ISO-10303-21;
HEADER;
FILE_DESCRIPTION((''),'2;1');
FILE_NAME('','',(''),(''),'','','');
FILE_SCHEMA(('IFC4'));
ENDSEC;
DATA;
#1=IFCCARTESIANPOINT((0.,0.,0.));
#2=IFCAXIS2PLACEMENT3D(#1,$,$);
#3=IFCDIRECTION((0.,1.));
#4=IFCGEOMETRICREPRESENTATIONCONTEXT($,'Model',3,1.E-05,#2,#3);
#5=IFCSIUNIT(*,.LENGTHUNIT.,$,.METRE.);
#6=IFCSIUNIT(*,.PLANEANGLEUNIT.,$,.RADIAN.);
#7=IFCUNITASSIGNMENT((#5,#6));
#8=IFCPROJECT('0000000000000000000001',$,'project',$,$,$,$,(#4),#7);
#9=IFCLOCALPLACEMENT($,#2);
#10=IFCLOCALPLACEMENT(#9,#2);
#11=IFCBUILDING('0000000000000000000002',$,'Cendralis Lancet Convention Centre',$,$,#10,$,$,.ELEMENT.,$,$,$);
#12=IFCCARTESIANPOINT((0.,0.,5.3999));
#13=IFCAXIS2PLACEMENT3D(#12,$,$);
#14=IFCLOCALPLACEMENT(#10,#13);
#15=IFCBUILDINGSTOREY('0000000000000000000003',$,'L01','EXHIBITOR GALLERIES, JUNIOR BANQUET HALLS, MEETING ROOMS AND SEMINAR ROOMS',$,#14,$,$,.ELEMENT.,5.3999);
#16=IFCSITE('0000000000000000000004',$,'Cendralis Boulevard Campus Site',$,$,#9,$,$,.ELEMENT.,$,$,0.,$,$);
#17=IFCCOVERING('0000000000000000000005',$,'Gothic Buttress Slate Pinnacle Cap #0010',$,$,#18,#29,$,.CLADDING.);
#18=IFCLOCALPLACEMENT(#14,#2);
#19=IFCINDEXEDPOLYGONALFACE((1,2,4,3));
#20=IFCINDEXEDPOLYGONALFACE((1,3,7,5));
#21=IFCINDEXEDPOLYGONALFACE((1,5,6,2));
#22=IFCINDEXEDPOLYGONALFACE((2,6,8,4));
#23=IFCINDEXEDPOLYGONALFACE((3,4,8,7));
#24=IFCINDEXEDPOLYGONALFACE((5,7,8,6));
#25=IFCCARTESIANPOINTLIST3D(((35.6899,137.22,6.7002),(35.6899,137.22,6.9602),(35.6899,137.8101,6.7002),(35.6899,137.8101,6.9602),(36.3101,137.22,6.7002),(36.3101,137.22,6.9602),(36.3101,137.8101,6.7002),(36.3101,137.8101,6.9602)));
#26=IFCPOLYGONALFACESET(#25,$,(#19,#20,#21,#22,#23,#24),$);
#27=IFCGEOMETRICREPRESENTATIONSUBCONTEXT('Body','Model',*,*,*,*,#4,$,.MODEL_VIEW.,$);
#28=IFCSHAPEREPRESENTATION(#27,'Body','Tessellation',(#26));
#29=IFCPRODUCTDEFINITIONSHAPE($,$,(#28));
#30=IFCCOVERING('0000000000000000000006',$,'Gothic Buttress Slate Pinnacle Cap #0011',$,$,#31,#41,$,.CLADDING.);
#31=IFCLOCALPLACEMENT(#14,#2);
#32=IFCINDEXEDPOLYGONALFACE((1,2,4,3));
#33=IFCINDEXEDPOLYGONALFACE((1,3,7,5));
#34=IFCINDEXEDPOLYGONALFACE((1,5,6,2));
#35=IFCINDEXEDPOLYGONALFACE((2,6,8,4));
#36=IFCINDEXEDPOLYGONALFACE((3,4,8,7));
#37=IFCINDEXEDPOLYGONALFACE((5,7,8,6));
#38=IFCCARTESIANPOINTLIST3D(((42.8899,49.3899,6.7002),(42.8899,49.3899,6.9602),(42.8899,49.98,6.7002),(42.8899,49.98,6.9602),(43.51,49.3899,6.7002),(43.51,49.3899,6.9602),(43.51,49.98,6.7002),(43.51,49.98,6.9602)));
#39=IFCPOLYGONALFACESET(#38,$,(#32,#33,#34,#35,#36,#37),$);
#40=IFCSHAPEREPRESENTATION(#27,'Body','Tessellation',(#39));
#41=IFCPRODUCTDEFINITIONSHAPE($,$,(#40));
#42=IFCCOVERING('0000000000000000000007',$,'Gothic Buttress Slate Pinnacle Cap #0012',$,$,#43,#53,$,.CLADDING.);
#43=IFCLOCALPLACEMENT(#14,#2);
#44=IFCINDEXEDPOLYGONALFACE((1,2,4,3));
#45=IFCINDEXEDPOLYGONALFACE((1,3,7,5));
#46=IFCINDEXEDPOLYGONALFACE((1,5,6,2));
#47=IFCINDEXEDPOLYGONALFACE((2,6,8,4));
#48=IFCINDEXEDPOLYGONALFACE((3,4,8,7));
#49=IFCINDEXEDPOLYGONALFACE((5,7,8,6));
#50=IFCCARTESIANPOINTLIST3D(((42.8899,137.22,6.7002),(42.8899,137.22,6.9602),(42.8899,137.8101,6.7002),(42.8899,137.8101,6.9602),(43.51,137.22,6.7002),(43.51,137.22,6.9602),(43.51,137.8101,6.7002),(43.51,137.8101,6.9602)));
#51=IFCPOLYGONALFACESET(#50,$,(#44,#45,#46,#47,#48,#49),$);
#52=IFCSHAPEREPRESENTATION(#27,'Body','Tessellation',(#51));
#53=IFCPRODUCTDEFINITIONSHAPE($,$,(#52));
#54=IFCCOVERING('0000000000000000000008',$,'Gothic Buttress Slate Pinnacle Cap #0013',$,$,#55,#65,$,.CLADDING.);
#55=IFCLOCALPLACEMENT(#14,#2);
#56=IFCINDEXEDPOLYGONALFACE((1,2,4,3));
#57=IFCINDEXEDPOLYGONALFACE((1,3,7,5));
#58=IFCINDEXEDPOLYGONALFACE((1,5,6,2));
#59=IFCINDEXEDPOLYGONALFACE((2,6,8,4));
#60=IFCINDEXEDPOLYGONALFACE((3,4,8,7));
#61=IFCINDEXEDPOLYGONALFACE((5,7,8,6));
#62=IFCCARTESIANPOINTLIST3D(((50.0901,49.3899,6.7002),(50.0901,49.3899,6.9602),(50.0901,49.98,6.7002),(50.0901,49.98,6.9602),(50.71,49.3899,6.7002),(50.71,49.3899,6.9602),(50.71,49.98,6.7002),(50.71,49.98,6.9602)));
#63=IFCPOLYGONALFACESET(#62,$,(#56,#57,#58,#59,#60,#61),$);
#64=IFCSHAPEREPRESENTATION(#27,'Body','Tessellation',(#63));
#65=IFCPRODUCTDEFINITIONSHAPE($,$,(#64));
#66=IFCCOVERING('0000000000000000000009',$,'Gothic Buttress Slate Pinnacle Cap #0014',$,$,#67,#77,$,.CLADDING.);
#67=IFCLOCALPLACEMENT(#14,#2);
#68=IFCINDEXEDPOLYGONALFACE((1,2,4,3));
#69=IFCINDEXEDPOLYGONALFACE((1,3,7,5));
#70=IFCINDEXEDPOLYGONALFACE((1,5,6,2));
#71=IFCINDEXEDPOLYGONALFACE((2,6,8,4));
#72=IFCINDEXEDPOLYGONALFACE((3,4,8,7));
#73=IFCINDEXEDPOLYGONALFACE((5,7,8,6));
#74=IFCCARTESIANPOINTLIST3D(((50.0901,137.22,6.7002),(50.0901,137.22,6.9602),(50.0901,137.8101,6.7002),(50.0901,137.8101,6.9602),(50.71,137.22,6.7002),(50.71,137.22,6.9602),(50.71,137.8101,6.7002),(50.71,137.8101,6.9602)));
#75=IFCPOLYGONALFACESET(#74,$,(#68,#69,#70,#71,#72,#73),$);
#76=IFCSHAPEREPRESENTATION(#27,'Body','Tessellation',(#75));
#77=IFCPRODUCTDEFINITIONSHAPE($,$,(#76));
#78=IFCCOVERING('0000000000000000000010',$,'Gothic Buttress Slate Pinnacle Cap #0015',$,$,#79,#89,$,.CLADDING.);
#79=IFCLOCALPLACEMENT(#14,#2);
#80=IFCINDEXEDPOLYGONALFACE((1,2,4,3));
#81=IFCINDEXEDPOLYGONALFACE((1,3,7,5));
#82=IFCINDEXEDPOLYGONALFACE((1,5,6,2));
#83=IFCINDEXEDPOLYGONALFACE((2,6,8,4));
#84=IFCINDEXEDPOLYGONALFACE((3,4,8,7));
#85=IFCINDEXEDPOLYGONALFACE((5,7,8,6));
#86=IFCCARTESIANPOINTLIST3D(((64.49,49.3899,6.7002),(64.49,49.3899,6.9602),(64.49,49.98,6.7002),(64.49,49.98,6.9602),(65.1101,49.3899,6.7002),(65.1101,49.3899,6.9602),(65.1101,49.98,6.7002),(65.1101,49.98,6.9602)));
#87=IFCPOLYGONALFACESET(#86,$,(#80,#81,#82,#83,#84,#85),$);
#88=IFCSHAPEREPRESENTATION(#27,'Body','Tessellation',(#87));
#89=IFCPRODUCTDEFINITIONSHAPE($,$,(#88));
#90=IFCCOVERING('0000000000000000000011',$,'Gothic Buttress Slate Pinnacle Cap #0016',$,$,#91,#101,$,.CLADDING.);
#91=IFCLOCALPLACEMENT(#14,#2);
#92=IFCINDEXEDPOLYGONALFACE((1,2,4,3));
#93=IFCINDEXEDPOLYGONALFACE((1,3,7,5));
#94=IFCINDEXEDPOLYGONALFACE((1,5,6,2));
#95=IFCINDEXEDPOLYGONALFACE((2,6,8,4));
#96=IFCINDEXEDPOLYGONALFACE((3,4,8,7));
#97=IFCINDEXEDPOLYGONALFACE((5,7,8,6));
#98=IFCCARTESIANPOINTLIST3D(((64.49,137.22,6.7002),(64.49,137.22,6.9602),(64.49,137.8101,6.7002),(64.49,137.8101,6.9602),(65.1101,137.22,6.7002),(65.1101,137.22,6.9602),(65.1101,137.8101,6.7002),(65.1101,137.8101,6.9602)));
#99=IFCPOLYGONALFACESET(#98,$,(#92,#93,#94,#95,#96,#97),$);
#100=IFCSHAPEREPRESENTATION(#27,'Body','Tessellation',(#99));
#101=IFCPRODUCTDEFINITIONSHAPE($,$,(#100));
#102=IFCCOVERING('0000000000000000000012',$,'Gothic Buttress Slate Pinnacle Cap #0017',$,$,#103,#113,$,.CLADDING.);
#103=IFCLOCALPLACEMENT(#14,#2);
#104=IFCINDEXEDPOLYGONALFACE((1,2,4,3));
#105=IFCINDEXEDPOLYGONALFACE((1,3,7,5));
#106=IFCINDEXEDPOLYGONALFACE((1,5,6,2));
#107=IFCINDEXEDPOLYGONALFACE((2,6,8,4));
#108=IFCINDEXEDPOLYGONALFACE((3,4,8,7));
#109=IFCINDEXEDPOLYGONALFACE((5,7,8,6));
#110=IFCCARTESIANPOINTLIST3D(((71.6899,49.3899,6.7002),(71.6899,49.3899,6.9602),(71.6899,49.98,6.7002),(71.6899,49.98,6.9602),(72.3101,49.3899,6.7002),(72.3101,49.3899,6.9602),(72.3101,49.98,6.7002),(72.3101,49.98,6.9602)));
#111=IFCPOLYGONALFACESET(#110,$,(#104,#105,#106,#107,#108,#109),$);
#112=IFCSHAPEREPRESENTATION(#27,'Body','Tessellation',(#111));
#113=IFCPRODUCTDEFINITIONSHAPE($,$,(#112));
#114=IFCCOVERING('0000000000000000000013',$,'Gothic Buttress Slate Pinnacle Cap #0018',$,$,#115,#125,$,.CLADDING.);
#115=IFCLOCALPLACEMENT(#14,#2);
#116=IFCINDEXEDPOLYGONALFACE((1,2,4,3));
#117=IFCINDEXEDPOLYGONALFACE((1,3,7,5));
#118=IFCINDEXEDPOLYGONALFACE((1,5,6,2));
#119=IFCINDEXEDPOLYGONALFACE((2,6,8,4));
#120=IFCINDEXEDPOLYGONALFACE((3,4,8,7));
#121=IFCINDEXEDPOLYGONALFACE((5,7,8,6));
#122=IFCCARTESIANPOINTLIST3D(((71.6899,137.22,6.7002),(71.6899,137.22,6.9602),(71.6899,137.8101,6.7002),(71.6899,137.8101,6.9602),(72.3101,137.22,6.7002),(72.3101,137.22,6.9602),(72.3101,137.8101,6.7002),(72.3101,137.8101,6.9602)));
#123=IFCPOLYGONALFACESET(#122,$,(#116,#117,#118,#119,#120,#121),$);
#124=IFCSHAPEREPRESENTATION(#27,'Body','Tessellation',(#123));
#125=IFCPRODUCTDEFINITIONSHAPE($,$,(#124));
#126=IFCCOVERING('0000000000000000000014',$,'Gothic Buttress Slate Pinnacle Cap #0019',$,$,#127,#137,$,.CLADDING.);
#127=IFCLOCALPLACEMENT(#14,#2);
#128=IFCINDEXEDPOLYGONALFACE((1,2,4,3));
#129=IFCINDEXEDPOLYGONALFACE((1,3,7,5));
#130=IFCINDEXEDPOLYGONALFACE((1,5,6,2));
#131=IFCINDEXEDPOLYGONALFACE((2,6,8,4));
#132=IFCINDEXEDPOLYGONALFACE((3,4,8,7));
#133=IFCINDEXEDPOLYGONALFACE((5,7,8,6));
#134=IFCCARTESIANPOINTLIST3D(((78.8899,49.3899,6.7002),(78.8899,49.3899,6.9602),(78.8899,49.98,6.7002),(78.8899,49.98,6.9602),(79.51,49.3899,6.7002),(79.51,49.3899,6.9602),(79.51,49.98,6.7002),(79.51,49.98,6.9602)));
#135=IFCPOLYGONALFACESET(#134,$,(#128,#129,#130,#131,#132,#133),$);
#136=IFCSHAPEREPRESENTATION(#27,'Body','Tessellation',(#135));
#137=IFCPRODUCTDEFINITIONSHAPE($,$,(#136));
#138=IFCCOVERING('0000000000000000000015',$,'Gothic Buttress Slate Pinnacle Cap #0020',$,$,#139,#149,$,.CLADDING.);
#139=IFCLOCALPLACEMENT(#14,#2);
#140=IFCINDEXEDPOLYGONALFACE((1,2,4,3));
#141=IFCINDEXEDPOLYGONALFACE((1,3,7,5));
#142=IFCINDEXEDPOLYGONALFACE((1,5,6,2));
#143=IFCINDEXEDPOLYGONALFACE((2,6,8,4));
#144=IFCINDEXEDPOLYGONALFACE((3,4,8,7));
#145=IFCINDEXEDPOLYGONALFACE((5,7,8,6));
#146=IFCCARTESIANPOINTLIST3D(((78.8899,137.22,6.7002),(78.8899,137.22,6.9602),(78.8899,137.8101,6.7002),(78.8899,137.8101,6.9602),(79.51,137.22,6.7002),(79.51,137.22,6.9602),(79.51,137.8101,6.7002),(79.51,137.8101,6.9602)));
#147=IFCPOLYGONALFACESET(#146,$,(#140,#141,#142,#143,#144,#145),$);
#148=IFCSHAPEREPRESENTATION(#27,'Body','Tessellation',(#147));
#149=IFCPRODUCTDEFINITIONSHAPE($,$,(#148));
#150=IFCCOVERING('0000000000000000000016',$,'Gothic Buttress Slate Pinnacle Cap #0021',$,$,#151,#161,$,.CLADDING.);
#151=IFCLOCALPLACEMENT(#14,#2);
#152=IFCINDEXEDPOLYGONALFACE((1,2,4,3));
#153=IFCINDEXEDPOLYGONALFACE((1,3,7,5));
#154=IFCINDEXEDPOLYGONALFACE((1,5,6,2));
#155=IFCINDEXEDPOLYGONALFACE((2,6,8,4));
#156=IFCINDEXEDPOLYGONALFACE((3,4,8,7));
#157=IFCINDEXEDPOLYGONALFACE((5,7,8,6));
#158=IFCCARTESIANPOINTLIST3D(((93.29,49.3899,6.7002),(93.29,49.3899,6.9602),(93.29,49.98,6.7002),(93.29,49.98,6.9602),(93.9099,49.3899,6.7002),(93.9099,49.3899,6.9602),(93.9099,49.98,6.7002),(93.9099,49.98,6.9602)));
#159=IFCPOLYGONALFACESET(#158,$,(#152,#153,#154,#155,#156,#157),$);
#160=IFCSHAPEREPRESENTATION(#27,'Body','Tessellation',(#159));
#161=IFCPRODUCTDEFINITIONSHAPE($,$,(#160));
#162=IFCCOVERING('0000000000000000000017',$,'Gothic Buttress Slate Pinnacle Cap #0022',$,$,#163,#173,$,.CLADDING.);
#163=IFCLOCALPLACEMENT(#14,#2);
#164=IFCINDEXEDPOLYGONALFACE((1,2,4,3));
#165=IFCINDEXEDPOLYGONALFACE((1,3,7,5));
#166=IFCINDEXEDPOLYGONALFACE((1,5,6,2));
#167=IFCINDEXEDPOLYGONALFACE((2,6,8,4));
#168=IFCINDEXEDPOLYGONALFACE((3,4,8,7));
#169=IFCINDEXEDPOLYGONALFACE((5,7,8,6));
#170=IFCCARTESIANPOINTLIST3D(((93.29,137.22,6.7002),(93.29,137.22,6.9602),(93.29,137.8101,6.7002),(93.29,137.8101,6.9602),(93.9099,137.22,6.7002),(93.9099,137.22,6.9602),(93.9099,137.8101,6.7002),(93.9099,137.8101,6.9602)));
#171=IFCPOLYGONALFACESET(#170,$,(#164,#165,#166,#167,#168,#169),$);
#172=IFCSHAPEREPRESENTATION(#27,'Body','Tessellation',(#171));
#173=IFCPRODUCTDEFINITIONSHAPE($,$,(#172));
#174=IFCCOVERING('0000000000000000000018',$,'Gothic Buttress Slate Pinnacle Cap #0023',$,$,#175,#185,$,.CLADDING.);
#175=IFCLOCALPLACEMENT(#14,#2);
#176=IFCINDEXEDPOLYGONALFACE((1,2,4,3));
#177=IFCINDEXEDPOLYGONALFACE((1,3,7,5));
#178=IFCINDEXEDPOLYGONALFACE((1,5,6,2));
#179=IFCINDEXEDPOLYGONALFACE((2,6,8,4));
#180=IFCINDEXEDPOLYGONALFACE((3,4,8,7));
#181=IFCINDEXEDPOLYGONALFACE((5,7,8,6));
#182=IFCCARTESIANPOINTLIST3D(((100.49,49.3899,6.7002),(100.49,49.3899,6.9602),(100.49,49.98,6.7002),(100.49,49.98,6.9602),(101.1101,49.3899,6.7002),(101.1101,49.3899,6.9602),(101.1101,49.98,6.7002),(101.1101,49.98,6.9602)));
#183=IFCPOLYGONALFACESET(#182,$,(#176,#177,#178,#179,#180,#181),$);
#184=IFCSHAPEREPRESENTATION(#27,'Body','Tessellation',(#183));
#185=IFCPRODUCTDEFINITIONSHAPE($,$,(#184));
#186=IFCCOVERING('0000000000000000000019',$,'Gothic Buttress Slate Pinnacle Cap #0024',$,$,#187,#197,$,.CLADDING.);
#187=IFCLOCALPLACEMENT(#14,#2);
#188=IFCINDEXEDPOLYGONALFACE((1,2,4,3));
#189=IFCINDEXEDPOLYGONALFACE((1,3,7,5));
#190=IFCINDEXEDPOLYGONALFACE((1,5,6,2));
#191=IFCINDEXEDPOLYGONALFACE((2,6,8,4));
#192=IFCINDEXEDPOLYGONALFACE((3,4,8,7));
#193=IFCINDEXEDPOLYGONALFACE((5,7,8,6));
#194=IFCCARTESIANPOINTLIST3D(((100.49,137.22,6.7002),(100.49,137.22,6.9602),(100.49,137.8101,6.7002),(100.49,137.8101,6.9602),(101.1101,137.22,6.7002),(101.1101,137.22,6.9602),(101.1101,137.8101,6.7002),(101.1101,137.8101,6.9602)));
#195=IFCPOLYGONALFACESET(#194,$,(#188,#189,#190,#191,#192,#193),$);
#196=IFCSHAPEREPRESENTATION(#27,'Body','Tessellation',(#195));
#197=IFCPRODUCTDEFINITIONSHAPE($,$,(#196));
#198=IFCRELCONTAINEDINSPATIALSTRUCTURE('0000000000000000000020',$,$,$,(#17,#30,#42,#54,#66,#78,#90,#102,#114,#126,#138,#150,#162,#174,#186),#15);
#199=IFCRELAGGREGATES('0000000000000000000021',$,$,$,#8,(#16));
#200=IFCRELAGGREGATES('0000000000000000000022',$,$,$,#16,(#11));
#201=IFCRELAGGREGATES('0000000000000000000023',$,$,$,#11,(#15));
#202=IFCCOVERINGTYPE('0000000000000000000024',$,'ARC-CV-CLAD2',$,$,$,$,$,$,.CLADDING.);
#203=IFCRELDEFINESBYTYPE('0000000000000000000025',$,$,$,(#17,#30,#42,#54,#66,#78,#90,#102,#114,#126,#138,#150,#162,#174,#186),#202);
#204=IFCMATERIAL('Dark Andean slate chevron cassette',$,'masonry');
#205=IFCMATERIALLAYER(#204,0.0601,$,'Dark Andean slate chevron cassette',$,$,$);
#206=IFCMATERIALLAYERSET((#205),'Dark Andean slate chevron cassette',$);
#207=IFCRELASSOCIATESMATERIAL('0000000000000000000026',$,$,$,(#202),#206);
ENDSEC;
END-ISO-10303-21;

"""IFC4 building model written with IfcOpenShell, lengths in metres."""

from ifc_helpers import new_model, si_unit, direction, frame, origin, place, context, subcontext, project, spatial, polyline, outline, extrude, material, layer, layer_set, type_object, element, save


model = new_model("IFC4")

# Units and contexts
model_context = context("Model", 3, precision=1e-05, world=origin(), true_north=direction((0.0, 1.0)))
body_context = subcontext(model_context, "Body", "Model", "MODEL_VIEW")
ifc_project = project(units=[si_unit("LENGTHUNIT", "METRE"), si_unit("PLANEANGLEUNIT", "RADIAN")], contexts=[model_context])

# Site, building, storey
site_placement = place(None, origin())
site = spatial("IfcSite", under=ifc_project, at=site_placement, Name="Cendralis Boulevard Campus Site", CompositionType="ELEMENT", RefElevation=0.0)
building_placement = place(site_placement, origin())
building = spatial("IfcBuilding", under=site, at=building_placement, Name="Cendralis Lancet Convention Centre", CompositionType="ELEMENT")
storey_placement = place(building_placement, frame((0.0, 0.0, 5.3999)))
storey = spatial("IfcBuildingStorey", under=building, at=storey_placement, Name="L01", Description="EXHIBITOR GALLERIES, JUNIOR BANQUET HALLS, MEETING ROOMS AND SEMINAR ROOMS", CompositionType="ELEMENT", Elevation=5.3999)

# Coverings
ifc_material = material(Name="Dark Andean slate chevron cassette", Category="masonry")
ifc_layer = layer(ifc_material, 0.0601, Name="Dark Andean slate chevron cassette")
ifc_layer_set = layer_set([ifc_layer], Name="Dark Andean slate chevron cassette")
covering_type = type_object("IfcCoveringType", Name="ARC-CV-CLAD2", PredefinedType="CLADDING", material=ifc_layer_set)
covering_1_placement = place(storey_placement, frame((0.0, 0.0, 6.7002)))
element("IfcCovering", 1, at=covering_1_placement, inside=storey, type_object=covering_type, Name="Gothic Buttress Slate Pinnacle Cap #0010", PredefinedType="CLADDING", context=body_context, shape_type="SweptSolid", body=[
    extrude(outline(polyline([(36.3101, 137.8101), (35.6899, 137.8101), (35.6899, 137.22), (36.3101, 137.22), (36.3101, 137.8101)])), origin(), (0.0, 0.0, 1.0), 0.26),
])
covering_2_placement = place(storey_placement, frame((0.0, 0.0, 6.7002)))
element("IfcCovering", 2, at=covering_2_placement, inside=storey, type_object=covering_type, Name="Gothic Buttress Slate Pinnacle Cap #0011", PredefinedType="CLADDING", context=body_context, shape_type="SweptSolid", body=[
    extrude(outline(polyline([(42.8899, 49.3899), (43.51, 49.3899), (43.51, 49.98), (42.8899, 49.98), (42.8899, 49.3899)])), origin(), (0.0, 0.0, 1.0), 0.26),
])
covering_3_placement = place(storey_placement, frame((0.0, 0.0, 6.7002)))
element("IfcCovering", 3, at=covering_3_placement, inside=storey, type_object=covering_type, Name="Gothic Buttress Slate Pinnacle Cap #0012", PredefinedType="CLADDING", context=body_context, shape_type="SweptSolid", body=[
    extrude(outline(polyline([(43.51, 137.8101), (42.8899, 137.8101), (42.8899, 137.22), (43.51, 137.22), (43.51, 137.8101)])), origin(), (0.0, 0.0, 1.0), 0.26),
])
covering_4_placement = place(storey_placement, frame((0.0, 0.0, 6.7002)))
element("IfcCovering", 4, at=covering_4_placement, inside=storey, type_object=covering_type, Name="Gothic Buttress Slate Pinnacle Cap #0013", PredefinedType="CLADDING", context=body_context, shape_type="SweptSolid", body=[
    extrude(outline(polyline([(50.0901, 49.3899), (50.71, 49.3899), (50.71, 49.98), (50.0901, 49.98), (50.0901, 49.3899)])), origin(), (0.0, 0.0, 1.0), 0.26),
])
covering_5_placement = place(storey_placement, frame((0.0, 0.0, 6.7002)))
element("IfcCovering", 5, at=covering_5_placement, inside=storey, type_object=covering_type, Name="Gothic Buttress Slate Pinnacle Cap #0014", PredefinedType="CLADDING", context=body_context, shape_type="SweptSolid", body=[
    extrude(outline(polyline([(50.71, 137.8101), (50.0901, 137.8101), (50.0901, 137.22), (50.71, 137.22), (50.71, 137.8101)])), origin(), (0.0, 0.0, 1.0), 0.26),
])
covering_6_placement = place(storey_placement, frame((0.0, 0.0, 6.7002)))
element("IfcCovering", 6, at=covering_6_placement, inside=storey, type_object=covering_type, Name="Gothic Buttress Slate Pinnacle Cap #0015", PredefinedType="CLADDING", context=body_context, shape_type="SweptSolid", body=[
    extrude(outline(polyline([(64.49, 49.3899), (65.1101, 49.3899), (65.1101, 49.98), (64.49, 49.98), (64.49, 49.3899)])), origin(), (0.0, 0.0, 1.0), 0.26),
])
covering_7_placement = place(storey_placement, frame((0.0, 0.0, 6.7002)))
element("IfcCovering", 7, at=covering_7_placement, inside=storey, type_object=covering_type, Name="Gothic Buttress Slate Pinnacle Cap #0016", PredefinedType="CLADDING", context=body_context, shape_type="SweptSolid", body=[
    extrude(outline(polyline([(65.1101, 137.8101), (64.49, 137.8101), (64.49, 137.22), (65.1101, 137.22), (65.1101, 137.8101)])), origin(), (0.0, 0.0, 1.0), 0.26),
])
covering_8_placement = place(storey_placement, frame((0.0, 0.0, 6.7002)))
element("IfcCovering", 8, at=covering_8_placement, inside=storey, type_object=covering_type, Name="Gothic Buttress Slate Pinnacle Cap #0017", PredefinedType="CLADDING", context=body_context, shape_type="SweptSolid", body=[
    extrude(outline(polyline([(71.6899, 49.3899), (72.3101, 49.3899), (72.3101, 49.98), (71.6899, 49.98), (71.6899, 49.3899)])), origin(), (0.0, 0.0, 1.0), 0.26),
])
covering_9_placement = place(storey_placement, frame((0.0, 0.0, 6.7002)))
element("IfcCovering", 9, at=covering_9_placement, inside=storey, type_object=covering_type, Name="Gothic Buttress Slate Pinnacle Cap #0018", PredefinedType="CLADDING", context=body_context, shape_type="SweptSolid", body=[
    extrude(outline(polyline([(72.3101, 137.8101), (71.6899, 137.8101), (71.6899, 137.22), (72.3101, 137.22), (72.3101, 137.8101)])), origin(), (0.0, 0.0, 1.0), 0.26),
])
covering_10_placement = place(storey_placement, frame((0.0, 0.0, 6.7002)))
element("IfcCovering", 10, at=covering_10_placement, inside=storey, type_object=covering_type, Name="Gothic Buttress Slate Pinnacle Cap #0019", PredefinedType="CLADDING", context=body_context, shape_type="SweptSolid", body=[
    extrude(outline(polyline([(78.8899, 49.3899), (79.51, 49.3899), (79.51, 49.98), (78.8899, 49.98), (78.8899, 49.3899)])), origin(), (0.0, 0.0, 1.0), 0.26),
])
covering_11_placement = place(storey_placement, frame((0.0, 0.0, 6.7002)))
element("IfcCovering", 11, at=covering_11_placement, inside=storey, type_object=covering_type, Name="Gothic Buttress Slate Pinnacle Cap #0020", PredefinedType="CLADDING", context=body_context, shape_type="SweptSolid", body=[
    extrude(outline(polyline([(79.51, 137.8101), (78.8899, 137.8101), (78.8899, 137.22), (79.51, 137.22), (79.51, 137.8101)])), origin(), (0.0, 0.0, 1.0), 0.26),
])
covering_12_placement = place(storey_placement, frame((0.0, 0.0, 6.7002)))
element("IfcCovering", 12, at=covering_12_placement, inside=storey, type_object=covering_type, Name="Gothic Buttress Slate Pinnacle Cap #0021", PredefinedType="CLADDING", context=body_context, shape_type="SweptSolid", body=[
    extrude(outline(polyline([(93.29, 49.3899), (93.9099, 49.3899), (93.9099, 49.98), (93.29, 49.98), (93.29, 49.3899)])), origin(), (0.0, 0.0, 1.0), 0.26),
])
covering_13_placement = place(storey_placement, frame((0.0, 0.0, 6.7002)))
element("IfcCovering", 13, at=covering_13_placement, inside=storey, type_object=covering_type, Name="Gothic Buttress Slate Pinnacle Cap #0022", PredefinedType="CLADDING", context=body_context, shape_type="SweptSolid", body=[
    extrude(outline(polyline([(93.9099, 137.8101), (93.29, 137.8101), (93.29, 137.22), (93.9099, 137.22), (93.9099, 137.8101)])), origin(), (0.0, 0.0, 1.0), 0.26),
])
covering_14_placement = place(storey_placement, frame((0.0, 0.0, 6.7002)))
element("IfcCovering", 14, at=covering_14_placement, inside=storey, type_object=covering_type, Name="Gothic Buttress Slate Pinnacle Cap #0023", PredefinedType="CLADDING", context=body_context, shape_type="SweptSolid", body=[
    extrude(outline(polyline([(100.49, 49.3899), (101.1101, 49.3899), (101.1101, 49.98), (100.49, 49.98), (100.49, 49.3899)])), origin(), (0.0, 0.0, 1.0), 0.26),
])
covering_15_placement = place(storey_placement, frame((0.0, 0.0, 6.7002)))
element("IfcCovering", 15, at=covering_15_placement, inside=storey, type_object=covering_type, Name="Gothic Buttress Slate Pinnacle Cap #0024", PredefinedType="CLADDING", context=body_context, shape_type="SweptSolid", body=[
    extrude(outline(polyline([(101.1101, 137.8101), (100.49, 137.8101), (100.49, 137.22), (101.1101, 137.22), (101.1101, 137.8101)])), origin(), (0.0, 0.0, 1.0), 0.26),
])

save(model, "model.ifc")
